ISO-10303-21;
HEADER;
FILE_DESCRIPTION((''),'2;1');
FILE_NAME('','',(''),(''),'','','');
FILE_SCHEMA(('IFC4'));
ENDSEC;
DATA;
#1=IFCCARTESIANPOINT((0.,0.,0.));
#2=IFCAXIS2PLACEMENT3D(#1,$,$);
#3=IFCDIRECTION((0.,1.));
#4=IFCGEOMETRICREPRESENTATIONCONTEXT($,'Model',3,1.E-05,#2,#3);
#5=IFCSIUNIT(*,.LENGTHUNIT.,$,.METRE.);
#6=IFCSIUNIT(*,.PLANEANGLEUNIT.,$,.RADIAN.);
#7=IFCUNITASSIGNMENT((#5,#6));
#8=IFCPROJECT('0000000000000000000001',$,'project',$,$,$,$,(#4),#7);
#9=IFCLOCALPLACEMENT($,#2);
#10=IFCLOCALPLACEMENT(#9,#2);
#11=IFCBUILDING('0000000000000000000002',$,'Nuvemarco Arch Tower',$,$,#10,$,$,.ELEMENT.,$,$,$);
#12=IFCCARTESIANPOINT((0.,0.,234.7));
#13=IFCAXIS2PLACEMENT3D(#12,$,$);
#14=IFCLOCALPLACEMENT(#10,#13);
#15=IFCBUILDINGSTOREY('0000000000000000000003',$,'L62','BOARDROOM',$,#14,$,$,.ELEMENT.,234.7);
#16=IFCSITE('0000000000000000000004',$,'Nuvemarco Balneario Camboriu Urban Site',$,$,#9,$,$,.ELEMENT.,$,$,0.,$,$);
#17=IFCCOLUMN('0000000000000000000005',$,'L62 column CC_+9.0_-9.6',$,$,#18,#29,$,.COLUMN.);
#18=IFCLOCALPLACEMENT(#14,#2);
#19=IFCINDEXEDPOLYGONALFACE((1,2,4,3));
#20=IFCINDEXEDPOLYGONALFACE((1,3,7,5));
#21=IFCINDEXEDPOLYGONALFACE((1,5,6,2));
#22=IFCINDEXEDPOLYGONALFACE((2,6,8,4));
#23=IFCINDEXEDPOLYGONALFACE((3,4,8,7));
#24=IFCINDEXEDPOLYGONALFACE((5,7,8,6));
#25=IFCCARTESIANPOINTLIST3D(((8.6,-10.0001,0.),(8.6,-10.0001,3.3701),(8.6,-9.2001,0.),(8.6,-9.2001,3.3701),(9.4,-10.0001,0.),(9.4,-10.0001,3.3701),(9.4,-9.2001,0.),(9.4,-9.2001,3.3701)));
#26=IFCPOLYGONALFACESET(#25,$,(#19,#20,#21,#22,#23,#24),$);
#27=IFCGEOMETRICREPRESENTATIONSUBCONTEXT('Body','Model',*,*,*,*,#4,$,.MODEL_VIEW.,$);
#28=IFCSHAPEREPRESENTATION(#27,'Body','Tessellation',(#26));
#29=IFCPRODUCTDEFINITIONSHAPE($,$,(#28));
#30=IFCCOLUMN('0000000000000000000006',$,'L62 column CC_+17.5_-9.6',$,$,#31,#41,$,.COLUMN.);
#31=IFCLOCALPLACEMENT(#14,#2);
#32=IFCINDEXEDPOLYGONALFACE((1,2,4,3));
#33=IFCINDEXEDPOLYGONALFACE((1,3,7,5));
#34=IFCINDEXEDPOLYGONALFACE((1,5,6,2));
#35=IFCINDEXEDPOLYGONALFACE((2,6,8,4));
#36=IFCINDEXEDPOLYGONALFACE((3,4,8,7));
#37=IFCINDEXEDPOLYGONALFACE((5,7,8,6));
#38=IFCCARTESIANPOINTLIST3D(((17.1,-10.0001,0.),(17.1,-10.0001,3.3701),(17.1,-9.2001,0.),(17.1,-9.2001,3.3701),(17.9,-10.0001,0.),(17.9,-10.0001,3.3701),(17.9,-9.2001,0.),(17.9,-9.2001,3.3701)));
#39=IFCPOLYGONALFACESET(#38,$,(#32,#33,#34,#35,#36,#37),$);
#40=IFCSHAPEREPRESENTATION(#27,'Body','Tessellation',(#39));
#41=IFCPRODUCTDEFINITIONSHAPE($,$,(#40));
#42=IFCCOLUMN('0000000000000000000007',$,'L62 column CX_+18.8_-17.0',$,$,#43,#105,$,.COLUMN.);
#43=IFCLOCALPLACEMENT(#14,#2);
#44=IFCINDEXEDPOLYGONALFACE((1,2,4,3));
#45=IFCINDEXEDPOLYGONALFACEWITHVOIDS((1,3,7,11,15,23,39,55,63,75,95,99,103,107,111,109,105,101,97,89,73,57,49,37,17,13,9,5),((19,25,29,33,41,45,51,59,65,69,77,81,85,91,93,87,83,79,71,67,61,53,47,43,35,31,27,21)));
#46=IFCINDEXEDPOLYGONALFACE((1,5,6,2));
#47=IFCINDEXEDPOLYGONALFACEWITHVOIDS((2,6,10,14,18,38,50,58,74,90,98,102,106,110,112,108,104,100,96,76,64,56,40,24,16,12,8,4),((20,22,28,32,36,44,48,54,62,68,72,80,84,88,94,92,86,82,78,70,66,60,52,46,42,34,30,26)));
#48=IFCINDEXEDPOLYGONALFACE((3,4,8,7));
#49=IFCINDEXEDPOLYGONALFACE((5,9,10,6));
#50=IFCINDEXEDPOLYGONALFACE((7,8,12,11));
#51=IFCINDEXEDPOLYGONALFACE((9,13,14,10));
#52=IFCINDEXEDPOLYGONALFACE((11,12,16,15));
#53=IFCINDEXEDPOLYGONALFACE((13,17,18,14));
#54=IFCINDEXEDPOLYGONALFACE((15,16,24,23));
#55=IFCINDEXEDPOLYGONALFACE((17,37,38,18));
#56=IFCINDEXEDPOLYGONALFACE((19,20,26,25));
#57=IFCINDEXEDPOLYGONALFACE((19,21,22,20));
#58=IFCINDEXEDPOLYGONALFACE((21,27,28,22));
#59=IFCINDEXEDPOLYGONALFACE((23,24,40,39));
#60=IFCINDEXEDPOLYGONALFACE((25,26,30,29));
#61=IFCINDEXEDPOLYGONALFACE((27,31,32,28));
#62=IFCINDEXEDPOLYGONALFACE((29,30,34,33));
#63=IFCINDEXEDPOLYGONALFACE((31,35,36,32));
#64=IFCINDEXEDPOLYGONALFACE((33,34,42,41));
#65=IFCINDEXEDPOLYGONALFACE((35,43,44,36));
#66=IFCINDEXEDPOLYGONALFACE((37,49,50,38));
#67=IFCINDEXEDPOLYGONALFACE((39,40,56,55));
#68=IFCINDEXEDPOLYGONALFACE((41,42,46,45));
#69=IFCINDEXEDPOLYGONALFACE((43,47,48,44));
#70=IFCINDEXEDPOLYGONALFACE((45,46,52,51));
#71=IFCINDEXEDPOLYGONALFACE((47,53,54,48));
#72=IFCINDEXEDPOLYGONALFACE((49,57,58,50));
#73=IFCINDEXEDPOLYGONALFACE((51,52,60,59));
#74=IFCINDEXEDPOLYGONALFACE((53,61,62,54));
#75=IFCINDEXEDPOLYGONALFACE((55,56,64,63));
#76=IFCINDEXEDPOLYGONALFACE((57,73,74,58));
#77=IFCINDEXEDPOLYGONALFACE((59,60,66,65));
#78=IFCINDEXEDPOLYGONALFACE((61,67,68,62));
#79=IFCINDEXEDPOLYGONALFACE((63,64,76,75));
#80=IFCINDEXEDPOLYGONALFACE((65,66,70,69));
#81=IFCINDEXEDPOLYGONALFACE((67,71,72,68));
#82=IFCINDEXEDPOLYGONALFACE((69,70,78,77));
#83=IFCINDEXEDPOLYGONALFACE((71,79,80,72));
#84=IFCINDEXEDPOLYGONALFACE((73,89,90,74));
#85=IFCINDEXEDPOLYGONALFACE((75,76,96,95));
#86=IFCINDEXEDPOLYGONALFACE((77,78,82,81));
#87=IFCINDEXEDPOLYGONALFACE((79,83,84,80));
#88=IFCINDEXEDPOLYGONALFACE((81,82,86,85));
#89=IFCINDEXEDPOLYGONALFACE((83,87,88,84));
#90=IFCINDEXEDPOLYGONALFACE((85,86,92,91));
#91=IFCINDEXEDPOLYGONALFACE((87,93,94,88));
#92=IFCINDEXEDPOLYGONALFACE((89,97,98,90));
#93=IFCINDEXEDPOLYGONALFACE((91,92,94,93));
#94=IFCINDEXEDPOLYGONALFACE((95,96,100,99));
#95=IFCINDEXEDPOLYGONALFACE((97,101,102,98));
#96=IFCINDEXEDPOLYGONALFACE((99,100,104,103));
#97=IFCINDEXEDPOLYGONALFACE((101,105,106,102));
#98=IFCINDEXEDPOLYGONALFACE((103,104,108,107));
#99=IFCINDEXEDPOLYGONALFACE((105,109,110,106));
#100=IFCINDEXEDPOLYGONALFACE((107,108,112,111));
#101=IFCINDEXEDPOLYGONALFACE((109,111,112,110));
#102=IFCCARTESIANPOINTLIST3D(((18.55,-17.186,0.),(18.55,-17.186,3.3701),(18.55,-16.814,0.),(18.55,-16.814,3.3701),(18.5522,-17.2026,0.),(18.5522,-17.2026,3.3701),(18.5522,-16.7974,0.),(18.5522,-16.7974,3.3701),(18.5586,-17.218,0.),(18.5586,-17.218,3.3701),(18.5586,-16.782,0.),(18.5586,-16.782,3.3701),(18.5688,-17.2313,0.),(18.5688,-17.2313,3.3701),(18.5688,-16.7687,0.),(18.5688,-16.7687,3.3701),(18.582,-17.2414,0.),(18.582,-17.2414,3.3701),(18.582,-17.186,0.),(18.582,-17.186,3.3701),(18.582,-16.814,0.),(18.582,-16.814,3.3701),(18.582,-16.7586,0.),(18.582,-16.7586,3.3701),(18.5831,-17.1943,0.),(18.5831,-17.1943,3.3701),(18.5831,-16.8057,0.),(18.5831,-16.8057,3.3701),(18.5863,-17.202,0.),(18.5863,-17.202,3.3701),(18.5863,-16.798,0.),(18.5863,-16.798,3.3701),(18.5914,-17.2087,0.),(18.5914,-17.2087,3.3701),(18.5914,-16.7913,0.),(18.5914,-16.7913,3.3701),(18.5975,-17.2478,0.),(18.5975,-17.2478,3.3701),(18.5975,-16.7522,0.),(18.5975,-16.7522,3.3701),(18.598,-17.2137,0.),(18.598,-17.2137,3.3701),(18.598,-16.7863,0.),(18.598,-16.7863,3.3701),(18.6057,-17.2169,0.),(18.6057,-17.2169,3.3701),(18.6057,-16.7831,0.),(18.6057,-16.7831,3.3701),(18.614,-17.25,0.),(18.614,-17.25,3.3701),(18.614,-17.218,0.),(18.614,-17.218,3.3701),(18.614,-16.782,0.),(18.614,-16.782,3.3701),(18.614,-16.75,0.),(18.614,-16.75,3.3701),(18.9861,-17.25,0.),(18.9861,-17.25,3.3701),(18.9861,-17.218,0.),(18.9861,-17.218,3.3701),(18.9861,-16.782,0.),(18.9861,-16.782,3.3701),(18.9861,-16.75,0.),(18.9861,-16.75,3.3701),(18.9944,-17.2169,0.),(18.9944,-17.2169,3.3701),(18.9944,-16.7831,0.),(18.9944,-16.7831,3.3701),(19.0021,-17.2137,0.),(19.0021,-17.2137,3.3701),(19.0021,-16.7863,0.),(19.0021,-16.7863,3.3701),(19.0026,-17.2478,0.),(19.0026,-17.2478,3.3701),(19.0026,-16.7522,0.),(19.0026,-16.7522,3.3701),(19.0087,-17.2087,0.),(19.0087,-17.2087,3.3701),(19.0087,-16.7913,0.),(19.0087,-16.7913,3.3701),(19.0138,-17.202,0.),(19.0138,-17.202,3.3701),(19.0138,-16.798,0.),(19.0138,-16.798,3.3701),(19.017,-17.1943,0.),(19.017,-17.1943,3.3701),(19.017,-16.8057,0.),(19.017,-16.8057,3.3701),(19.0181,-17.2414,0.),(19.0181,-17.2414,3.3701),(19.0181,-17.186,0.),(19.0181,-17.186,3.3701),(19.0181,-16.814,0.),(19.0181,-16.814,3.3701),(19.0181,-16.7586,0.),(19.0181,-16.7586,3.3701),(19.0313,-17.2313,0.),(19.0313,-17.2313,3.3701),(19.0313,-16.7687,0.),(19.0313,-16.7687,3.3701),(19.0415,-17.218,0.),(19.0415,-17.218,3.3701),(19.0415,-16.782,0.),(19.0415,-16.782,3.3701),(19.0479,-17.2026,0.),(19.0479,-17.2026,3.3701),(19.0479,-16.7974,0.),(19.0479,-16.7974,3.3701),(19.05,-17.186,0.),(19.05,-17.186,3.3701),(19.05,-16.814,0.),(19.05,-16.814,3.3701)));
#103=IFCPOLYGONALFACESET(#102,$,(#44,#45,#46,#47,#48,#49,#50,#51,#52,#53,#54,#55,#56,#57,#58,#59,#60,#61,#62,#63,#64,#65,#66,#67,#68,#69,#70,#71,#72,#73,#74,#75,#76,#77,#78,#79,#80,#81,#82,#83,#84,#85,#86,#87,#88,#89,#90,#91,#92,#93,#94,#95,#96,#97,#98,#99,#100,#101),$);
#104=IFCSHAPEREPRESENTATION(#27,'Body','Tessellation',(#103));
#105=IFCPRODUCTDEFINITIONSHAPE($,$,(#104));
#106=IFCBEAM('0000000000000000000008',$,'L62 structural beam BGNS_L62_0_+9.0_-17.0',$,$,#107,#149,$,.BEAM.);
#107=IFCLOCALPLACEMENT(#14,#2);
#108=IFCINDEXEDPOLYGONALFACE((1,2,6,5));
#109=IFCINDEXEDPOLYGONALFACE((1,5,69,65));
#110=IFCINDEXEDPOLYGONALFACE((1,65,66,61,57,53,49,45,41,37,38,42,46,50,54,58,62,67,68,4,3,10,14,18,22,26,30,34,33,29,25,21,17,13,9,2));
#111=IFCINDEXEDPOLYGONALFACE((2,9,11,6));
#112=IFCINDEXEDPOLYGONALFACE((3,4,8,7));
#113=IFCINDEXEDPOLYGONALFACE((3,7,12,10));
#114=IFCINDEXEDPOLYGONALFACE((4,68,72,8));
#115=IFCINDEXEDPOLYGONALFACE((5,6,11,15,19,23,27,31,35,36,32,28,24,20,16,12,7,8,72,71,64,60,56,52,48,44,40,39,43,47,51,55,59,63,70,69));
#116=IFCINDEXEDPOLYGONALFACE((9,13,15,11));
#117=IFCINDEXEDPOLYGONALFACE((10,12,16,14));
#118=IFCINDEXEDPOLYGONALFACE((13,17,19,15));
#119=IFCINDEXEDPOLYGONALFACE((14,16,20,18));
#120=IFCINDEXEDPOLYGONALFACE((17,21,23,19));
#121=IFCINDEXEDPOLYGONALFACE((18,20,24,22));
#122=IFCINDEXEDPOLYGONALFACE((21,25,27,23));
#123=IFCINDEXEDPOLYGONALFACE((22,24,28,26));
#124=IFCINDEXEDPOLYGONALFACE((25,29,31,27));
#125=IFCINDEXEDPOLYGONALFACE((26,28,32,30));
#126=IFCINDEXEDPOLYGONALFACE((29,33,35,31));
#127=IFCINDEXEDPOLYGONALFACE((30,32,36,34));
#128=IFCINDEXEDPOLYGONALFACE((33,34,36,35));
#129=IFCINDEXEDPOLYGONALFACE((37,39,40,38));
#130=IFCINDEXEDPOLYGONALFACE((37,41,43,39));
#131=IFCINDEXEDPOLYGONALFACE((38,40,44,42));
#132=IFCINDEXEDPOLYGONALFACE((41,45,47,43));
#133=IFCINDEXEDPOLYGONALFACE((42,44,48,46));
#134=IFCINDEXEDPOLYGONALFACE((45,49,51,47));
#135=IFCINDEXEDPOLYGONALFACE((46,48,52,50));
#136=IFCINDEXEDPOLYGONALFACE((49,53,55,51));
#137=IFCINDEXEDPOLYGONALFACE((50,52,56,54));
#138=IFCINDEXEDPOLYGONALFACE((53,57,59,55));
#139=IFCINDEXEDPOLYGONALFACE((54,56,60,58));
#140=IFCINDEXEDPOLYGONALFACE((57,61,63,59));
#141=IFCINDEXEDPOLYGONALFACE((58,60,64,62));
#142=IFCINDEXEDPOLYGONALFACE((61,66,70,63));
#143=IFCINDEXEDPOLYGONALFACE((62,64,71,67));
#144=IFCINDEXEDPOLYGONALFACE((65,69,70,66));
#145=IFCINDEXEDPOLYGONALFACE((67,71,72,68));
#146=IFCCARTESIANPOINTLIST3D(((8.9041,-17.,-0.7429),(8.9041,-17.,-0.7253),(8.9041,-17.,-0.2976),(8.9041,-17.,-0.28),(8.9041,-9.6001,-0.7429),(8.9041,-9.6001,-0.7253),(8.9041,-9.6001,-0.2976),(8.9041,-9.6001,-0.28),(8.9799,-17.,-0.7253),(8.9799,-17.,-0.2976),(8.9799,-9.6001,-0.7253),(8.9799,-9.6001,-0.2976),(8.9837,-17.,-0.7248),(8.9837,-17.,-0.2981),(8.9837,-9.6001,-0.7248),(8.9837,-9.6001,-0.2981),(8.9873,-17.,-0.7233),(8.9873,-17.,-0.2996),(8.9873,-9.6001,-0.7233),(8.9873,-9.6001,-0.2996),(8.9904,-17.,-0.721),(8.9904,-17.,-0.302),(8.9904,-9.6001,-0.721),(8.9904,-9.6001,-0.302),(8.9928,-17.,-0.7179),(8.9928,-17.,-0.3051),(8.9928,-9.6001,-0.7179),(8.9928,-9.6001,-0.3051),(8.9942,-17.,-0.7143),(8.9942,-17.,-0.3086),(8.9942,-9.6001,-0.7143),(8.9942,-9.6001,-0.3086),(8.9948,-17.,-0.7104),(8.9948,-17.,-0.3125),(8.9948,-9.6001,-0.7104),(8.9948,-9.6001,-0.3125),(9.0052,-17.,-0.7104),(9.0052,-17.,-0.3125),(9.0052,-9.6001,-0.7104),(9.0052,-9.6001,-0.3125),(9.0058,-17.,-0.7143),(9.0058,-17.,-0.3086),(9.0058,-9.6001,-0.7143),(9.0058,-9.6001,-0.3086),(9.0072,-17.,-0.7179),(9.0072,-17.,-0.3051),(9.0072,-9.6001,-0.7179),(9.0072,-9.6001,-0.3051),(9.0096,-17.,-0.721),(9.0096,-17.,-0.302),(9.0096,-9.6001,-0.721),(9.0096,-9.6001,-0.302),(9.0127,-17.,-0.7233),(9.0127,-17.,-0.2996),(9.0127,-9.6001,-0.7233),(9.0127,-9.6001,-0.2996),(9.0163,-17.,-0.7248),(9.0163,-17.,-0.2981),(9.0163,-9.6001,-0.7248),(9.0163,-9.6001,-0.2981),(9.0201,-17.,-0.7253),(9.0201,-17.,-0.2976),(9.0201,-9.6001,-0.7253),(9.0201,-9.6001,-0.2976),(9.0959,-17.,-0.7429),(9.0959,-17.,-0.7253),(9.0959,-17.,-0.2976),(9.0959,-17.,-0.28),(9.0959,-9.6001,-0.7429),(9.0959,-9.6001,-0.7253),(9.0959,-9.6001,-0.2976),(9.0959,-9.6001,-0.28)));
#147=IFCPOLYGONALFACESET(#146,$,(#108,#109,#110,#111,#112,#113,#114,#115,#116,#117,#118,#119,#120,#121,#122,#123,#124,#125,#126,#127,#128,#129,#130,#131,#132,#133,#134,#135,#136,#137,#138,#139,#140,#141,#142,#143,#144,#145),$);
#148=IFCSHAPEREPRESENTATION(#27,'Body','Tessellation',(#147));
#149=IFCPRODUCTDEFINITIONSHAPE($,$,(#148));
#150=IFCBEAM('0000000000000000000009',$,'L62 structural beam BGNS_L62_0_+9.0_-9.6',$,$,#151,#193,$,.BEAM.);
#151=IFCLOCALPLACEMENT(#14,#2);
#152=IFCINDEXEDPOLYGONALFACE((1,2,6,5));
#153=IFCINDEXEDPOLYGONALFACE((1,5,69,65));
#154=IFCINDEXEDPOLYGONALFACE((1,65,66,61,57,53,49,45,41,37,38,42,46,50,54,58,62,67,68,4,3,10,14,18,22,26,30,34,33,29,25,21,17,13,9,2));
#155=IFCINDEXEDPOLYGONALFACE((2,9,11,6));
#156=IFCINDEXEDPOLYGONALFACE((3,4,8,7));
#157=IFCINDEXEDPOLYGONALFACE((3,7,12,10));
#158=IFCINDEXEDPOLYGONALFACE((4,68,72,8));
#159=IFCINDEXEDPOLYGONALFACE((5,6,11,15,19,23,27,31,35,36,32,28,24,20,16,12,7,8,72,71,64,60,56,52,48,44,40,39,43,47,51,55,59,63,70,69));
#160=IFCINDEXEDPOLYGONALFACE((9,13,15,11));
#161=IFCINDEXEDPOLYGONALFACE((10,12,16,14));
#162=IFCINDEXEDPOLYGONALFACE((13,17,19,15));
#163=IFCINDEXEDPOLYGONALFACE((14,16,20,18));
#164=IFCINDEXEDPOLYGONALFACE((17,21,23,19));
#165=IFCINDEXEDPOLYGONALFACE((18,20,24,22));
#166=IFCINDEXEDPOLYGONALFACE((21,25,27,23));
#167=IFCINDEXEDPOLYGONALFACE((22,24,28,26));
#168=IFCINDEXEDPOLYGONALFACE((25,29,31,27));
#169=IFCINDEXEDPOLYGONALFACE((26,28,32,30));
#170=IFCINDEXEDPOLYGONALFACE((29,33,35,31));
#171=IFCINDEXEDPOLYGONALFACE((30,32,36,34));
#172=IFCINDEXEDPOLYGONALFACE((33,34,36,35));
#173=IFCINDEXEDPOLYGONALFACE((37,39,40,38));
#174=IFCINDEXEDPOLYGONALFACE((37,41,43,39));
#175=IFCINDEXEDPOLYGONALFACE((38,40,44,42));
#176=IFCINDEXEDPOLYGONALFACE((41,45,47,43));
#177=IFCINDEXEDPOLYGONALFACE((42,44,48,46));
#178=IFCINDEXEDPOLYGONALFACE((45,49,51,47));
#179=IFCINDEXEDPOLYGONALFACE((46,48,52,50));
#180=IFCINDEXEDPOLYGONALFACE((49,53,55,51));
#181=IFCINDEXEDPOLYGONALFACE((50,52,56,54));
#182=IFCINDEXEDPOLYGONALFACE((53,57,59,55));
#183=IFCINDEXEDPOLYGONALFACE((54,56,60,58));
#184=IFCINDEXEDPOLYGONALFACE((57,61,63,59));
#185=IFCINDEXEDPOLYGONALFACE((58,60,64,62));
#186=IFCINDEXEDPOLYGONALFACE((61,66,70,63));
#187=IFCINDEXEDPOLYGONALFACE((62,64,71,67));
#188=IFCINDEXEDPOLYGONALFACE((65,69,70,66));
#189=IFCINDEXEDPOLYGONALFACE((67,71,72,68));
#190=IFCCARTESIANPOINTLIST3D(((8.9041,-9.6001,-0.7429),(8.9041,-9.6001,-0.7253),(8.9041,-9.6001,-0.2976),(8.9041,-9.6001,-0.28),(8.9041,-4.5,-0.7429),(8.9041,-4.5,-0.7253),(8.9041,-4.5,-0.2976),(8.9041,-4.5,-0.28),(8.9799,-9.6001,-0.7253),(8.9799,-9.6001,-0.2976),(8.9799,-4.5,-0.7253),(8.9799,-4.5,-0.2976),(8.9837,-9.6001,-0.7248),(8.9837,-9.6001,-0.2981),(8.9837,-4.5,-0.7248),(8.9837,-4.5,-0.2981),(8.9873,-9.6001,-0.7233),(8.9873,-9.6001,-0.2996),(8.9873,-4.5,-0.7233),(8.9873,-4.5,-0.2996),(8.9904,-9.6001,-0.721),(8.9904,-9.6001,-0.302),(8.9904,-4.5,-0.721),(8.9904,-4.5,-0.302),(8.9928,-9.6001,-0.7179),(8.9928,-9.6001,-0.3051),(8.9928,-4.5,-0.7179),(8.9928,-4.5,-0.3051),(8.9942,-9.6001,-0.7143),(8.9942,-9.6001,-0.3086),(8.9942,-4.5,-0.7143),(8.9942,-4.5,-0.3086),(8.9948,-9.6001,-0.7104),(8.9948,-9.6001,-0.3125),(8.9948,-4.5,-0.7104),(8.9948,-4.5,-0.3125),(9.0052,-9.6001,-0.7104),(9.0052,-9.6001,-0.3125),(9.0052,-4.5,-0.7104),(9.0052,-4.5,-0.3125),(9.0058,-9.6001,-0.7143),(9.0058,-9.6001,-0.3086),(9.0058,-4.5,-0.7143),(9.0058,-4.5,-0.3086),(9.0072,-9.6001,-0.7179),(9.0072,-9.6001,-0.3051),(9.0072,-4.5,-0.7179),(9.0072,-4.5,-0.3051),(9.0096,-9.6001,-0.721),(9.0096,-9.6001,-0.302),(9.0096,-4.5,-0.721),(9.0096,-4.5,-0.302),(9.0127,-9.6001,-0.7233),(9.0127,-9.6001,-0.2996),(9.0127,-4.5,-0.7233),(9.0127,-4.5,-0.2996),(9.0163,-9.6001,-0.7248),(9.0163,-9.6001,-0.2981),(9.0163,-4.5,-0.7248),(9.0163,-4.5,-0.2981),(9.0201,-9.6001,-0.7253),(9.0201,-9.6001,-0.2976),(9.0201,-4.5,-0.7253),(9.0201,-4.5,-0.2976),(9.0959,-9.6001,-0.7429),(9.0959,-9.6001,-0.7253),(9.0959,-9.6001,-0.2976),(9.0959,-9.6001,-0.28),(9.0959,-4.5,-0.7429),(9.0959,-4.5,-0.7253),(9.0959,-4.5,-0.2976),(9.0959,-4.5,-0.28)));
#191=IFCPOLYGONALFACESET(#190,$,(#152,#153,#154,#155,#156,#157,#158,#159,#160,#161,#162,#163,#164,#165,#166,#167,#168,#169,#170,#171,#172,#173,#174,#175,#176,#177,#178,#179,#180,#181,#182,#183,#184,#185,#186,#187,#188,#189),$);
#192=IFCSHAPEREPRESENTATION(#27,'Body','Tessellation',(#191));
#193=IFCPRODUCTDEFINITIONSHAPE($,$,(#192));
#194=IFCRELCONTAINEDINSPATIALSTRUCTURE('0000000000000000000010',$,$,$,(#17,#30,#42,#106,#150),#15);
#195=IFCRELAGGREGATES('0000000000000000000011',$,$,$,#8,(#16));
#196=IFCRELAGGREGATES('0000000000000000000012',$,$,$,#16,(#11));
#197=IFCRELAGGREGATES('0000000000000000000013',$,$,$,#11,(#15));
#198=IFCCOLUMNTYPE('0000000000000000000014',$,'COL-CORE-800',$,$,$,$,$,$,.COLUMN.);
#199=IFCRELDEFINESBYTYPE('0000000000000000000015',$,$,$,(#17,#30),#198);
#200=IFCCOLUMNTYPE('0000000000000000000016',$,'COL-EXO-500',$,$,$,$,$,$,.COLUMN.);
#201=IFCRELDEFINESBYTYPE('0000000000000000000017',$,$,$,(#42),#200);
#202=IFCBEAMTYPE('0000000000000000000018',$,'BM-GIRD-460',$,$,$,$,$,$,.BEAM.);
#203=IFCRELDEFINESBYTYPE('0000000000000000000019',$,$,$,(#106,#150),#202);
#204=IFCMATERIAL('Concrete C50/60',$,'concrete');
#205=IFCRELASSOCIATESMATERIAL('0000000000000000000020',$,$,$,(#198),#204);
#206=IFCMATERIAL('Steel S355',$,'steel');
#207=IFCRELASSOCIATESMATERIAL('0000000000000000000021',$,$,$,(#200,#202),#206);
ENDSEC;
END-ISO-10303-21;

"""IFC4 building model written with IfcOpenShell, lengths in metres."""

from ifc_helpers import new_model, si_unit, direction, frame, origin, origin_2d, place, context, subcontext, project, spatial, rectangle, hollow_rectangle, i_section, extrude, material, material_profile, profile_set, type_object, element, save


model = new_model("IFC4")

# Units and contexts
model_context = context("Model", 3, precision=1e-05, world=origin(), true_north=direction((0.0, 1.0)))
body_context = subcontext(model_context, "Body", "Model", "MODEL_VIEW")
ifc_project = project(units=[si_unit("LENGTHUNIT", "METRE"), si_unit("PLANEANGLEUNIT", "RADIAN")], contexts=[model_context])

# Site, building, storey
site_placement = place(None, origin())
site = spatial("IfcSite", under=ifc_project, at=site_placement, Name="Nuvemarco Balneario Camboriu Urban Site", CompositionType="ELEMENT", RefElevation=0.0)
building_placement = place(site_placement, origin())
building = spatial("IfcBuilding", under=site, at=building_placement, Name="Nuvemarco Arch Tower", CompositionType="ELEMENT")
storey_placement = place(building_placement, frame((0.0, 0.0, 234.7)))
storey = spatial("IfcBuildingStorey", under=building, at=storey_placement, Name="L62", Description="BOARDROOM", CompositionType="ELEMENT", Elevation=234.7)

# Columns
ifc_material_1 = material(Name="Concrete C50/60", Category="concrete")
ifc_material_profile_1 = material_profile(ifc_material_1, rectangle(XDim=0.8, YDim=0.8, at=origin_2d()), Name="RC-COL-800x800")
ifc_profile_set_1 = profile_set([ifc_material_profile_1], Name="Concrete C50/60")
column_type_1 = type_object("IfcColumnType", Name="COL-CORE-800", PredefinedType="COLUMN", material=ifc_profile_set_1)
for number, where, z_axis, x_axis, name in (
    (1, (9.0, -9.6001, 0.0), (0.0, 0.0, 1.0), (1.0, 0.0, 0.0), "L62 column CC_+9.0_-9.6"),
    (2, (17.5, -9.6001, 0.0), (0.0, 0.0, 1.0), (1.0, 0.0, 0.0), "L62 column CC_+17.5_-9.6"),
):
    element("IfcColumn", number, at=place(storey_placement, frame(where, z_axis=z_axis, x_axis=x_axis)), inside=storey, type_object=column_type_1, Name=name, PredefinedType="COLUMN", context=body_context, shape_type="SweptSolid", body=[
        extrude(rectangle(XDim=0.8, YDim=0.8, at=origin_2d()), origin(), (0.0, 0.0, 1.0), 3.3701),
    ])
ifc_material_2 = material(Name="Steel S355", Category="steel")
ifc_material_profile_2 = material_profile(ifc_material_2, hollow_rectangle(XDim=0.5, YDim=0.5, WallThickness=0.032, InnerFilletRadius=0.032, OuterFilletRadius=0.064, at=origin_2d()), Name="SHS500x500x32")
ifc_profile_set_2 = profile_set([ifc_material_profile_2], Name="Steel S355")
column_type_2 = type_object("IfcColumnType", Name="COL-EXO-500", PredefinedType="COLUMN", material=ifc_profile_set_2)
column_placement = place(storey_placement, frame((18.8, -17.0, 0.0), z_axis=(0.0, 0.0, 1.0), x_axis=(1.0, 0.0, 0.0)))
element("IfcColumn", 3, at=column_placement, inside=storey, type_object=column_type_2, Name="L62 column CX_+18.8_-17.0", PredefinedType="COLUMN", context=body_context, shape_type="SweptSolid", body=[
    extrude(hollow_rectangle(XDim=0.5, YDim=0.5, WallThickness=0.032, InnerFilletRadius=0.032, OuterFilletRadius=0.064, at=origin_2d()), origin(), (0.0, 0.0, 1.0), 3.3701),
])

# Beams
ifc_material_profile_3 = material_profile(ifc_material_2, i_section(OverallWidth=0.1919, OverallDepth=0.4629, WebThickness=0.0105, FlangeThickness=0.0176, FilletRadius=0.0149, at=origin_2d()), Name="W460x89")
ifc_profile_set_3 = profile_set([ifc_material_profile_3], Name="Steel S355")
beam_type_1 = type_object("IfcBeamType", Name="BM-GIRD-460", PredefinedType="BEAM", material=ifc_profile_set_3)
beam_1_placement = place(storey_placement, frame((9.0, -17.0, -0.5115), z_axis=(0.0, 1.0, 0.0), x_axis=(-1.0, 0.0, 0.0)))
element("IfcBeam", 4, at=beam_1_placement, inside=storey, type_object=beam_type_1, Name="L62 structural beam BGNS_L62_0_+9.0_-17.0", PredefinedType="BEAM", context=body_context, shape_type="SweptSolid", body=[
    extrude(i_section(OverallWidth=0.1919, OverallDepth=0.4629, WebThickness=0.0105, FlangeThickness=0.0176, FilletRadius=0.0149, at=origin_2d()), origin(), (0.0, 0.0, 1.0), 7.3999),
])
beam_2_placement = place(storey_placement, frame((9.0, -9.6001, -0.5115), z_axis=(0.0, 1.0, 0.0), x_axis=(-1.0, 0.0, 0.0)))
element("IfcBeam", 5, at=beam_2_placement, inside=storey, type_object=beam_type_1, Name="L62 structural beam BGNS_L62_0_+9.0_-9.6", PredefinedType="BEAM", context=body_context, shape_type="SweptSolid", body=[
    extrude(i_section(OverallWidth=0.1919, OverallDepth=0.4629, WebThickness=0.0105, FlangeThickness=0.0176, FilletRadius=0.0149, at=origin_2d()), origin(), (0.0, 0.0, 1.0), 5.1001),
])

save(model, "model.ifc")
